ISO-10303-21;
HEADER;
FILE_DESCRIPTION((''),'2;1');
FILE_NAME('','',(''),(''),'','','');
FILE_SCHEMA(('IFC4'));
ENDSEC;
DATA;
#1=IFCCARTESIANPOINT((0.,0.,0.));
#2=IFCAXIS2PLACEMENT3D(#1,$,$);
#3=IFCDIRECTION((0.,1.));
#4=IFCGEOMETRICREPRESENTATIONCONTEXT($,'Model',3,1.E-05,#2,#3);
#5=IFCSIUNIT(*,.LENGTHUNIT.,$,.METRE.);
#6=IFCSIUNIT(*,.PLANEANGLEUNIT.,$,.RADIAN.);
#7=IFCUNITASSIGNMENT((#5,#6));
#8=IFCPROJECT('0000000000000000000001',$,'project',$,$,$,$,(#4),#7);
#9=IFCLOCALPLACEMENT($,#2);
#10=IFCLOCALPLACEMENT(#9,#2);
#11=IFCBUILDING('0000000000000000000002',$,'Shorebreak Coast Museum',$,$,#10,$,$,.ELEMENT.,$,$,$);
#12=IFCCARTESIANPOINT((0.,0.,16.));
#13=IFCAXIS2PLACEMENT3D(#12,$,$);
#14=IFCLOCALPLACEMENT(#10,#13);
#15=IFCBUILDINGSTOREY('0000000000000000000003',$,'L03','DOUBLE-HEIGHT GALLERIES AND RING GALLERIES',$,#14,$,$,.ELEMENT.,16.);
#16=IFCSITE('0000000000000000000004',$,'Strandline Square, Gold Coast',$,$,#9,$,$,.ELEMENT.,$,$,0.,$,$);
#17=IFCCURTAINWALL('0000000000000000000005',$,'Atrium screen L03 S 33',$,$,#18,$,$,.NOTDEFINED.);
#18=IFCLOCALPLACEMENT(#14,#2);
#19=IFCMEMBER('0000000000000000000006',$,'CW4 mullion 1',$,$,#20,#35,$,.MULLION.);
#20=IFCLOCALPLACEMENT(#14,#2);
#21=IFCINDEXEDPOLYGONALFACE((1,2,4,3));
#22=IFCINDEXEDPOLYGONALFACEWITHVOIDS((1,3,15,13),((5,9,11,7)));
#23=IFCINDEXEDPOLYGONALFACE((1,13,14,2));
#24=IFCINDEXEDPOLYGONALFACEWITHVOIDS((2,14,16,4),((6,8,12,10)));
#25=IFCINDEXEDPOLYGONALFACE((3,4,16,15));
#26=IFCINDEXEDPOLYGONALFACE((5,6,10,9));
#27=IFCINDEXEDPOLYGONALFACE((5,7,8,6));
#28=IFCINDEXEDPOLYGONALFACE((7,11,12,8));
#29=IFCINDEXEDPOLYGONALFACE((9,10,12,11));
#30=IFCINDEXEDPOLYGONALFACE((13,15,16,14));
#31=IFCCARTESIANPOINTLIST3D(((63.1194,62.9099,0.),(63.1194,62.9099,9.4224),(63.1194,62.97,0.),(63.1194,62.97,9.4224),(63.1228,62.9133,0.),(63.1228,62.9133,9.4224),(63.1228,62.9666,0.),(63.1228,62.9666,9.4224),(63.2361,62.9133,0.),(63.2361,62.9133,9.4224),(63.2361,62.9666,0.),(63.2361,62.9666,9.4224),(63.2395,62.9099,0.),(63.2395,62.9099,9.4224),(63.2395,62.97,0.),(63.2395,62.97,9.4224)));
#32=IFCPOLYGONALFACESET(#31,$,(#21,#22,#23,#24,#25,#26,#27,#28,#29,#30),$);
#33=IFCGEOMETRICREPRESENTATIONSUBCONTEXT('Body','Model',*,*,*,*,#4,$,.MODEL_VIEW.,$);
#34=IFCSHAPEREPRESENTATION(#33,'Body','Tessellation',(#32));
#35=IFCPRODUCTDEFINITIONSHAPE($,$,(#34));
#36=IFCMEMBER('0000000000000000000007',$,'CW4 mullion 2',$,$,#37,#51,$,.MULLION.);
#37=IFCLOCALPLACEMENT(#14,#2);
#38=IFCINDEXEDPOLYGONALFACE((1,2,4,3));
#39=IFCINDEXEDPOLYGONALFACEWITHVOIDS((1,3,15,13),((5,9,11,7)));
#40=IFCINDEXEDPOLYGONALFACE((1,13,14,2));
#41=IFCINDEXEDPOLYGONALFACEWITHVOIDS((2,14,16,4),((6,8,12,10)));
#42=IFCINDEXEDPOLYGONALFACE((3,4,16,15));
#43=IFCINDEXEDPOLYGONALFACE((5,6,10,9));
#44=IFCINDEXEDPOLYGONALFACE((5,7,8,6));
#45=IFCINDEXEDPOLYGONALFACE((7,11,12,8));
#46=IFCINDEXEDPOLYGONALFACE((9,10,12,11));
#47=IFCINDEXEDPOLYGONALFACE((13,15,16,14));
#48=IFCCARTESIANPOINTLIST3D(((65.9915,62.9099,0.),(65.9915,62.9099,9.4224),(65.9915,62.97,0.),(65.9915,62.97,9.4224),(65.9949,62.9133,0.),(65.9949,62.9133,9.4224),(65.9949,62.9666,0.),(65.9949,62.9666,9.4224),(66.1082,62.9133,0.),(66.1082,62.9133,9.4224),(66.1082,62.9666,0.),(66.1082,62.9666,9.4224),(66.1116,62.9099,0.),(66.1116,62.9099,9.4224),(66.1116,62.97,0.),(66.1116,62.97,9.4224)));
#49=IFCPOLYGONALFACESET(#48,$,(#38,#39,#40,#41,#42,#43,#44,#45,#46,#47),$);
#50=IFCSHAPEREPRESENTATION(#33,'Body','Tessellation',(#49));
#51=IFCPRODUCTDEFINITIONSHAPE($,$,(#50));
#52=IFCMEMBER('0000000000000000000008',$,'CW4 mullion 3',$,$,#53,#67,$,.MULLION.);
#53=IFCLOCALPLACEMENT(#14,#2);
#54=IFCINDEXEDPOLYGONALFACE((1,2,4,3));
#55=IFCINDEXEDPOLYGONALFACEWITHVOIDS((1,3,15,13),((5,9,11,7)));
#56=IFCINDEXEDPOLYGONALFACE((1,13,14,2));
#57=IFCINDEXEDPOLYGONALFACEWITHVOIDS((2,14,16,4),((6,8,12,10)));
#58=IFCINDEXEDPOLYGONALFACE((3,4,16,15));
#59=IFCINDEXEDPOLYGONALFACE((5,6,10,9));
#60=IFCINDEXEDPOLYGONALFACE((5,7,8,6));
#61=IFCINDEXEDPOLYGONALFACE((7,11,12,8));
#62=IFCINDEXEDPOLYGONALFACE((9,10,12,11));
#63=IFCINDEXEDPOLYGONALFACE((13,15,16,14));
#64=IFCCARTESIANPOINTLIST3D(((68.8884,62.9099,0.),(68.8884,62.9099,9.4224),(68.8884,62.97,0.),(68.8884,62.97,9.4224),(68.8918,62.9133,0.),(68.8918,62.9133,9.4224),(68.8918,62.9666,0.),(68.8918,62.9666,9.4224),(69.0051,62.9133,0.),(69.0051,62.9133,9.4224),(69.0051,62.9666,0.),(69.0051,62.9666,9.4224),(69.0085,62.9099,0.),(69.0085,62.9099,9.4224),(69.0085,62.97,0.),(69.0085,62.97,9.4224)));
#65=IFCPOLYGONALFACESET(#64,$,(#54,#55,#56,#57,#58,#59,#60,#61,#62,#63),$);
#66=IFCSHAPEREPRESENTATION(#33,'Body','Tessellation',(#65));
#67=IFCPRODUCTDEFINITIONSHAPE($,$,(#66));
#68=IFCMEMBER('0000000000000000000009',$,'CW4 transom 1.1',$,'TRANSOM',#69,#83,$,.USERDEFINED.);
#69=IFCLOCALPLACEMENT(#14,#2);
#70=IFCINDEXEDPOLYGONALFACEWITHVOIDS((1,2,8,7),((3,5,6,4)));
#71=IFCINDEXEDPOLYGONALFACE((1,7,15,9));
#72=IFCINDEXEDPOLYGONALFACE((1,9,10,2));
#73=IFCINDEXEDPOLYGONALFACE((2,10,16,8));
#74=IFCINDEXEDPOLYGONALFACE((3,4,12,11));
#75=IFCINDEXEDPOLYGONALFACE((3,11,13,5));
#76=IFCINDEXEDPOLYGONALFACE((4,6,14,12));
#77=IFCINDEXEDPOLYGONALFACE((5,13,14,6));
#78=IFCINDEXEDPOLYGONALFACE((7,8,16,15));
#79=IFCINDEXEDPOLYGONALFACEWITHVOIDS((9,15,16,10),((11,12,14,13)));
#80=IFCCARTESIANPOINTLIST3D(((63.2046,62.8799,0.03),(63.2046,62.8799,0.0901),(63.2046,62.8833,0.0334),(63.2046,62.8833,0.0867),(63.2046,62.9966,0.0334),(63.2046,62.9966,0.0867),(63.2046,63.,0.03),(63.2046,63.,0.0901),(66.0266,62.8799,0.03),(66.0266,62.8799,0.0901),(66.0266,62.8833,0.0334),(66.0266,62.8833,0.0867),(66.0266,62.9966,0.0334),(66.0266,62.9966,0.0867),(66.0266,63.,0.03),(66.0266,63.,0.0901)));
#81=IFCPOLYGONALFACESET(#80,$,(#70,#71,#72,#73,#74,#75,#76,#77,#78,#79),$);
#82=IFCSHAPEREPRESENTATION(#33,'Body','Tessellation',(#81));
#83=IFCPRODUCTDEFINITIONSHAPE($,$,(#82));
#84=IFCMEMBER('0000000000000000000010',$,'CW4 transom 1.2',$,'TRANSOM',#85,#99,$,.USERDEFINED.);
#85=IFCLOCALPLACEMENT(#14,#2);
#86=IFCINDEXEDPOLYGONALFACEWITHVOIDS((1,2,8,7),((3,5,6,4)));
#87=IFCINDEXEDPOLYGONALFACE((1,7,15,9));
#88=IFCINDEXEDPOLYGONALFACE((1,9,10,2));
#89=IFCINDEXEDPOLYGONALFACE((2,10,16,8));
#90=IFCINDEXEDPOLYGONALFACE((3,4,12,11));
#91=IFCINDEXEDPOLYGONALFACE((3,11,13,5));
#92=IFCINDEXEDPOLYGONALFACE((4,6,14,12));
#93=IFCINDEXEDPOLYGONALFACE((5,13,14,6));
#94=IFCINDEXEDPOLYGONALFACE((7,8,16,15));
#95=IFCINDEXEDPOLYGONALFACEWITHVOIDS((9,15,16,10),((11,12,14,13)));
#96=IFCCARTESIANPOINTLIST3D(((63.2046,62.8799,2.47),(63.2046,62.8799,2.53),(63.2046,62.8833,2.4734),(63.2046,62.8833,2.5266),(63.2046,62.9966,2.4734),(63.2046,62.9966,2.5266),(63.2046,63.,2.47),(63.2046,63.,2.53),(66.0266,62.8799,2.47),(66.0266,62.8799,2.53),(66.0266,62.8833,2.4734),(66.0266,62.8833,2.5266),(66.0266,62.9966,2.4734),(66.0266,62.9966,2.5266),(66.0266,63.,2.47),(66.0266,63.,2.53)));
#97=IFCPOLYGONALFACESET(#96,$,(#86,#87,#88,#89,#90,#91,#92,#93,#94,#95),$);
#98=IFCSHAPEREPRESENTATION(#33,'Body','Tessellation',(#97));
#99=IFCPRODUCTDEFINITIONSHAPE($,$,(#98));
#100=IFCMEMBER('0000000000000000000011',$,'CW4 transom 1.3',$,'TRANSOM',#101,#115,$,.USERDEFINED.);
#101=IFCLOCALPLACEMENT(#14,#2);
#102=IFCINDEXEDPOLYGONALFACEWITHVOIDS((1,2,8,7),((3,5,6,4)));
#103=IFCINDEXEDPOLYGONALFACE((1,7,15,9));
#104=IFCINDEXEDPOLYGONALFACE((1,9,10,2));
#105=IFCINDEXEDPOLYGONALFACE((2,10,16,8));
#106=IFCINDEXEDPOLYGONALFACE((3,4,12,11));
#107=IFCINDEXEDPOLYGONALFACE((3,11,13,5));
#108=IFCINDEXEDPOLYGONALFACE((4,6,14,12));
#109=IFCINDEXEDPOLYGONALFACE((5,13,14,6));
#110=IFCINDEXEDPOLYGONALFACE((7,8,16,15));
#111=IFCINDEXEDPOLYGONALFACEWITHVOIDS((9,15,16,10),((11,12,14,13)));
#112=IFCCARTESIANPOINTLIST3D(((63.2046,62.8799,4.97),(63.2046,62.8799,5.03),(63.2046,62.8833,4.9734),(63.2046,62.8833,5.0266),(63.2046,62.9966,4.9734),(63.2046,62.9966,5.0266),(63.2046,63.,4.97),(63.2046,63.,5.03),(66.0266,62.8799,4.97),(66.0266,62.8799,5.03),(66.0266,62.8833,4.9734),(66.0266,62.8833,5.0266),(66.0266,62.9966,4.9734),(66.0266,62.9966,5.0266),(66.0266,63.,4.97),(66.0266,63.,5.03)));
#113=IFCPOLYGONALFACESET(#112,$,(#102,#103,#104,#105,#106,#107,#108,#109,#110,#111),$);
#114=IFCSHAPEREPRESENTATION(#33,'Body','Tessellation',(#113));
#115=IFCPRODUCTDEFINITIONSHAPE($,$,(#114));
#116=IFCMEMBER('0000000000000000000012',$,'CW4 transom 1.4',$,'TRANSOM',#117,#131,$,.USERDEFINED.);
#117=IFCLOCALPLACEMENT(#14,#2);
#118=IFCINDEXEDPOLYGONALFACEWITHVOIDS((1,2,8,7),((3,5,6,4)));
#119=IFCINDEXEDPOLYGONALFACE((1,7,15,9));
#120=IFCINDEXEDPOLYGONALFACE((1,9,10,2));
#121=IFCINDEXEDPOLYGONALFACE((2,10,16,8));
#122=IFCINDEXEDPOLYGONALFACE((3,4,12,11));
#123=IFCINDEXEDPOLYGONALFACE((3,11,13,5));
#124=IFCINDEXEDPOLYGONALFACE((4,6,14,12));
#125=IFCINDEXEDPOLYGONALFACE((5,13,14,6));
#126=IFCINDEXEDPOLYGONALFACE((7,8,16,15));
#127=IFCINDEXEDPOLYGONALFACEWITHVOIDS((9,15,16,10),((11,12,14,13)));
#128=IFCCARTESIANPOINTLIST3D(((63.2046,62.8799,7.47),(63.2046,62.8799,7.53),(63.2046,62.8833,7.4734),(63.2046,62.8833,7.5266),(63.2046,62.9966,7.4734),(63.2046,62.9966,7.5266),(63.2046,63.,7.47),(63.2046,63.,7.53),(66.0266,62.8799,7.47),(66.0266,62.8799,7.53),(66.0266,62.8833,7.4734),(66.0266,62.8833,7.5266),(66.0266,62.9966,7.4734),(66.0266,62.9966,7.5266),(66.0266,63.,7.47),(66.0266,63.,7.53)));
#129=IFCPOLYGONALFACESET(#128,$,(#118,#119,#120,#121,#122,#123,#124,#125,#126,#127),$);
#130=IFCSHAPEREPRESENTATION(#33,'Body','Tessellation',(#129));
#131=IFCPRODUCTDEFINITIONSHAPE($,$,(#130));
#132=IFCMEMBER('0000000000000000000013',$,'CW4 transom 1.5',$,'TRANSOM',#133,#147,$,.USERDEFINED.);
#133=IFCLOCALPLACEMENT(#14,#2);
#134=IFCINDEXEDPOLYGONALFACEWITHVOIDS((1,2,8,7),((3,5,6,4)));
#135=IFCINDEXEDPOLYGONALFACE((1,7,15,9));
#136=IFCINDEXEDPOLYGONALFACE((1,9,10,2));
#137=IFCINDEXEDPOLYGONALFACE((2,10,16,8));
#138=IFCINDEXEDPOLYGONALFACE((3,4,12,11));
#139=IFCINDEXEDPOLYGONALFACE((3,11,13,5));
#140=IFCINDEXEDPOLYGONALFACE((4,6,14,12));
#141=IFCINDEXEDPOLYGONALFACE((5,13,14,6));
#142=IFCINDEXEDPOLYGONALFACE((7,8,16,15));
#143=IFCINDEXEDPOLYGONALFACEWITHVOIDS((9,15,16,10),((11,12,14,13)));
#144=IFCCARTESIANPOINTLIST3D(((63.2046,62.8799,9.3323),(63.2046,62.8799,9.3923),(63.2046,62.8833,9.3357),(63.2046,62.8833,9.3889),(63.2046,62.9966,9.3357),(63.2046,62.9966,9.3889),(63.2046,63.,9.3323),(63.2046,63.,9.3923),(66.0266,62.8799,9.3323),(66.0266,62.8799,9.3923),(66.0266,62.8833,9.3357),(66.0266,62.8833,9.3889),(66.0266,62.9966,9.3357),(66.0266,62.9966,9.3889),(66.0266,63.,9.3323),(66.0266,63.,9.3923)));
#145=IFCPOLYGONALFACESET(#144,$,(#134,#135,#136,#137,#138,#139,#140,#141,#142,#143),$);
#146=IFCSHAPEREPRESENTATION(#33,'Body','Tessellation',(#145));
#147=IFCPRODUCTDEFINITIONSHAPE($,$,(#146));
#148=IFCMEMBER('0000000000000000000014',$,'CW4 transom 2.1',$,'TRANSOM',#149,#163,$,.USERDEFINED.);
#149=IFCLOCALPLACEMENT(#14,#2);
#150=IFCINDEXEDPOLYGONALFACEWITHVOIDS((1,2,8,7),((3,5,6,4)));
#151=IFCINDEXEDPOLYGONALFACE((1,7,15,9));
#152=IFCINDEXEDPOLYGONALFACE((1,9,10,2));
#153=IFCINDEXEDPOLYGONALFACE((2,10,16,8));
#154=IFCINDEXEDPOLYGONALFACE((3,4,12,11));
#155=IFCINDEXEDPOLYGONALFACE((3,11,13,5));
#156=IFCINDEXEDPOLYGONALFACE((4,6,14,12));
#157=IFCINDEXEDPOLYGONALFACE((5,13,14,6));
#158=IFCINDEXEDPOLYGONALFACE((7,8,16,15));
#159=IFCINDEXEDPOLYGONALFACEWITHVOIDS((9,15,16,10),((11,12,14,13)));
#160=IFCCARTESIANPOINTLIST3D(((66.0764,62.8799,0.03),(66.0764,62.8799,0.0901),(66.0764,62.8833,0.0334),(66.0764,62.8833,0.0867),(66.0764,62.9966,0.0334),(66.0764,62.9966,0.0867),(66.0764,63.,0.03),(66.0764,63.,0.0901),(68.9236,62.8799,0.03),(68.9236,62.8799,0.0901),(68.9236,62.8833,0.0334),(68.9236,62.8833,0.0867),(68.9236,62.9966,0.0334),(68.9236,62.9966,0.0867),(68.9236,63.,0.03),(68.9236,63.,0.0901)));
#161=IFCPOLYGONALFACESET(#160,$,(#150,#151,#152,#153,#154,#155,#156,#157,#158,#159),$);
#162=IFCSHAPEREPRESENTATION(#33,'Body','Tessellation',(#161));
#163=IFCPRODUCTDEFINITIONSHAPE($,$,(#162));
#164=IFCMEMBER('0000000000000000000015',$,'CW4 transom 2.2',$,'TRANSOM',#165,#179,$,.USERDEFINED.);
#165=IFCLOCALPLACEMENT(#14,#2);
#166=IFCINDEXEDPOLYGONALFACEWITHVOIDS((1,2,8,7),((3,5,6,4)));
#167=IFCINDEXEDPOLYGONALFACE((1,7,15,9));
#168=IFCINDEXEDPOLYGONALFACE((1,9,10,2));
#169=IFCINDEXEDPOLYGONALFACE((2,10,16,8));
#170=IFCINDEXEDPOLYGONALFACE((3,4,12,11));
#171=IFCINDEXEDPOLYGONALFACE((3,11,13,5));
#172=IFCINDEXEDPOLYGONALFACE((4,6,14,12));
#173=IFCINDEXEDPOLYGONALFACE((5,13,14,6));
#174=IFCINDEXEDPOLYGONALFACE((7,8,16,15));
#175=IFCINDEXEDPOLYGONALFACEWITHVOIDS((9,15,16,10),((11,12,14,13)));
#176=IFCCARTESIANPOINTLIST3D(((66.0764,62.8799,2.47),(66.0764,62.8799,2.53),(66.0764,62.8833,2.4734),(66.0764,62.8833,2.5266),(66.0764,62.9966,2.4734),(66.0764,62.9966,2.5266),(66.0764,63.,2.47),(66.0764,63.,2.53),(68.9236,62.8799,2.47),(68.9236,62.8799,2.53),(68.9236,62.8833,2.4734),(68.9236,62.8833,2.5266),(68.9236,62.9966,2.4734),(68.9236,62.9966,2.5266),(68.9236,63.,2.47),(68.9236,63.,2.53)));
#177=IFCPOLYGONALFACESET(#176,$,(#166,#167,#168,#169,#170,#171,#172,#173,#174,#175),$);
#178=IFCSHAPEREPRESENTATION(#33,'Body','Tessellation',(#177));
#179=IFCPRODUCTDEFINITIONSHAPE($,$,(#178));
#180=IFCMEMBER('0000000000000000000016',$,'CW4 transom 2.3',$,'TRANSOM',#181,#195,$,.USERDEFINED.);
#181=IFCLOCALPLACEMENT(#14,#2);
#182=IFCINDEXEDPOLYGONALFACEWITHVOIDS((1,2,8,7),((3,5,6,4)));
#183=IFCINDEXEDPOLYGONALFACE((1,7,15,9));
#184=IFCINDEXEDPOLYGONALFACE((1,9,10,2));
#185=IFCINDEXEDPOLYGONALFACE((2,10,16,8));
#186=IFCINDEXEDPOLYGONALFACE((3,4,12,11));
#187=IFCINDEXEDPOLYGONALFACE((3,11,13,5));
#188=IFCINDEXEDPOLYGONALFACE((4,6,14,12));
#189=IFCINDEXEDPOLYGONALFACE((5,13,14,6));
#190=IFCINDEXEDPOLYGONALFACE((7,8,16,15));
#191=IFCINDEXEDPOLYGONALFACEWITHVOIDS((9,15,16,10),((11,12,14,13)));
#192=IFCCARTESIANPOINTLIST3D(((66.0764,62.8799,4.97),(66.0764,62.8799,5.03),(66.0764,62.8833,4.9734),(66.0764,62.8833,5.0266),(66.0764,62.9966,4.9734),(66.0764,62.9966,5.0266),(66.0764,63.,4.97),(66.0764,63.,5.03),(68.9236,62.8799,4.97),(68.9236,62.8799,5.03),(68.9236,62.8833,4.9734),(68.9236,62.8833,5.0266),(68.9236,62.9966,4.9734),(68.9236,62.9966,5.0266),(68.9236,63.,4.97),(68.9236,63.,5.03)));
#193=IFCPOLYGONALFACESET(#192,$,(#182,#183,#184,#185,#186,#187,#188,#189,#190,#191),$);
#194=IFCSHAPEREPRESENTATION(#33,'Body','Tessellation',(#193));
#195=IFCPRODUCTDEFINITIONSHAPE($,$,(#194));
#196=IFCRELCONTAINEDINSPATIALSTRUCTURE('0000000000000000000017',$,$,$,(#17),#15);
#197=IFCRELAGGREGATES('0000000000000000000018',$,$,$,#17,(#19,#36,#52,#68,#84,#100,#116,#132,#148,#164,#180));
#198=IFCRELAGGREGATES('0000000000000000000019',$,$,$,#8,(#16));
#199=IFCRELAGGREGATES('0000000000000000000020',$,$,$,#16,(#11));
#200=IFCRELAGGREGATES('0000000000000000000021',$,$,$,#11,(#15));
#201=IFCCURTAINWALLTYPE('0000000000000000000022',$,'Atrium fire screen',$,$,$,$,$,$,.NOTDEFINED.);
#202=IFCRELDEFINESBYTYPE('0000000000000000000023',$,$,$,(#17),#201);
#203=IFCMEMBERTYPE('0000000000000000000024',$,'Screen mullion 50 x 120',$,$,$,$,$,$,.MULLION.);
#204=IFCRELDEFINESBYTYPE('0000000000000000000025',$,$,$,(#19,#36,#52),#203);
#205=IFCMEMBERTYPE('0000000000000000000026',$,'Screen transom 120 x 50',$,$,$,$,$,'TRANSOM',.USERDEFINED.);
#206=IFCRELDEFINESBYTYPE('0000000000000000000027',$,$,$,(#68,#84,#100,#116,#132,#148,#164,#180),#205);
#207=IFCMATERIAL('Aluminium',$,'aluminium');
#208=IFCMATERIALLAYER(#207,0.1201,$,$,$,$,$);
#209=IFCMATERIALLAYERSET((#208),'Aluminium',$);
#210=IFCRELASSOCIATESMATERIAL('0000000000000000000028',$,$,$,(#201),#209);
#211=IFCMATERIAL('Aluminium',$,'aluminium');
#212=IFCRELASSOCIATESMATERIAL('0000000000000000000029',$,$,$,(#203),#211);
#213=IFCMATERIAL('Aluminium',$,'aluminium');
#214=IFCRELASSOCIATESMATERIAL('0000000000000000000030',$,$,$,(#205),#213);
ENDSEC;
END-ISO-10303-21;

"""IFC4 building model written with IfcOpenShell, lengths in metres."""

from ifc_helpers import new_model, si_unit, direction, frame, origin, origin_2d, place, context, subcontext, project, spatial, hollow_rectangle, extrude, material, layer, layer_set, material_profile, profile_set, type_object, element, aggregate, save


model = new_model("IFC4")

# Units and contexts
model_context = context("Model", 3, precision=1e-05, world=origin(), true_north=direction((0.0, 1.0)))
body_context = subcontext(model_context, "Body", "Model", "MODEL_VIEW")
ifc_project = project(units=[si_unit("LENGTHUNIT", "METRE"), si_unit("PLANEANGLEUNIT", "RADIAN")], contexts=[model_context])

# Site, building, storey
site_placement = place(None, origin())
site = spatial("IfcSite", under=ifc_project, at=site_placement, Name="Strandline Square, Gold Coast", CompositionType="ELEMENT", RefElevation=0.0)
building_placement = place(site_placement, origin())
building = spatial("IfcBuilding", under=site, at=building_placement, Name="Shorebreak Coast Museum", CompositionType="ELEMENT")
storey_placement = place(building_placement, frame((0.0, 0.0, 16.0)))
storey = spatial("IfcBuildingStorey", under=building, at=storey_placement, Name="L03", Description="DOUBLE-HEIGHT GALLERIES AND RING GALLERIES", CompositionType="ELEMENT", Elevation=16.0)

# Curtain wall, members
ifc_material_1 = material(Name="Aluminium", Category="aluminium")
ifc_layer_1 = layer(ifc_material_1, 0.1201)
ifc_layer_set_1 = layer_set([ifc_layer_1], Name="Aluminium")
curtain_wall_type = type_object("IfcCurtainWallType", Name="Atrium fire screen", PredefinedType="NOTDEFINED", material=ifc_layer_set_1)
curtain_wall_placement = place(storey_placement, origin())
curtain_wall = element("IfcCurtainWall", 1, at=curtain_wall_placement, inside=storey, type_object=curtain_wall_type, Name="Atrium screen L03 S 33", PredefinedType="NOTDEFINED")
ifc_material_2 = material(Name="Aluminium", Category="aluminium")
ifc_material_profile_1 = material_profile(ifc_material_2, hollow_rectangle(XDim=0.0601, YDim=0.1201, WallThickness=0.0034, at=origin_2d()), Name="AL 120x60 RHS")
ifc_profile_set_1 = profile_set([ifc_material_profile_1], Name="Aluminium")
member_type_1 = type_object("IfcMemberType", Name="Screen mullion 50 x 120", PredefinedType="MULLION", material=ifc_profile_set_1)
member_1_placement = place(storey_placement, frame((63.1794, 62.9399, 0.0), z_axis=(0.0, 0.0, 1.0), x_axis=(0.0, 1.0, 0.0)))
member_1 = element("IfcMember", 2, at=member_1_placement, type_object=member_type_1, Name="CW4 mullion 1", PredefinedType="MULLION", context=body_context, shape_type="SweptSolid", body=[
    extrude(hollow_rectangle(XDim=0.0601, YDim=0.1201, WallThickness=0.0034, at=origin_2d()), origin(), (0.0, 0.0, 1.0), 9.4224),
])
member_2_placement = place(storey_placement, frame((66.0515, 62.9399, 0.0), z_axis=(0.0, 0.0, 1.0), x_axis=(0.0, 1.0, 0.0)))
member_2 = element("IfcMember", 3, at=member_2_placement, type_object=member_type_1, Name="CW4 mullion 2", PredefinedType="MULLION", context=body_context, shape_type="SweptSolid", body=[
    extrude(hollow_rectangle(XDim=0.0601, YDim=0.1201, WallThickness=0.0034, at=origin_2d()), origin(), (0.0, 0.0, 1.0), 9.4224),
])
member_3_placement = place(storey_placement, frame((68.9485, 62.9399, 0.0), z_axis=(0.0, 0.0, 1.0), x_axis=(0.0, 1.0, 0.0)))
member_3 = element("IfcMember", 4, at=member_3_placement, type_object=member_type_1, Name="CW4 mullion 3", PredefinedType="MULLION", context=body_context, shape_type="SweptSolid", body=[
    extrude(hollow_rectangle(XDim=0.0601, YDim=0.1201, WallThickness=0.0034, at=origin_2d()), origin(), (0.0, 0.0, 1.0), 9.4224),
])
ifc_material_3 = material(Name="Aluminium", Category="aluminium")
ifc_material_profile_2 = material_profile(ifc_material_3, hollow_rectangle(XDim=0.1201, YDim=0.0601, WallThickness=0.0034, at=origin_2d()), Name="AL 60x120 RHS")
ifc_profile_set_2 = profile_set([ifc_material_profile_2], Name="Aluminium")
member_type_2 = type_object("IfcMemberType", Name="Screen transom 120 x 50", ElementType="TRANSOM", PredefinedType="USERDEFINED", material=ifc_profile_set_2)
member_4_placement = place(storey_placement, frame((63.2046, 62.9399, 0.0601), z_axis=(1.0, 0.0, 0.0), x_axis=(0.0, 1.0, 0.0)))
member_4 = element("IfcMember", 5, at=member_4_placement, type_object=member_type_2, Name="CW4 transom 1.1", ObjectType="TRANSOM", PredefinedType="USERDEFINED", context=body_context, shape_type="SweptSolid", body=[
    extrude(hollow_rectangle(XDim=0.1201, YDim=0.0601, WallThickness=0.0034, at=origin_2d()), origin(), (0.0, 0.0, 1.0), 2.822),
])
member_5_placement = place(storey_placement, frame((63.2046, 62.9399, 2.5), z_axis=(1.0, 0.0, 0.0), x_axis=(0.0, 1.0, 0.0)))
member_5 = element("IfcMember", 6, at=member_5_placement, type_object=member_type_2, Name="CW4 transom 1.2", ObjectType="TRANSOM", PredefinedType="USERDEFINED", context=body_context, shape_type="SweptSolid", body=[
    extrude(hollow_rectangle(XDim=0.1201, YDim=0.0601, WallThickness=0.0034, at=origin_2d()), origin(), (0.0, 0.0, 1.0), 2.822),
])
member_6_placement = place(storey_placement, frame((63.2046, 62.9399, 5.0), z_axis=(1.0, 0.0, 0.0), x_axis=(0.0, 1.0, 0.0)))
member_6 = element("IfcMember", 7, at=member_6_placement, type_object=member_type_2, Name="CW4 transom 1.3", ObjectType="TRANSOM", PredefinedType="USERDEFINED", context=body_context, shape_type="SweptSolid", body=[
    extrude(hollow_rectangle(XDim=0.1201, YDim=0.0601, WallThickness=0.0034, at=origin_2d()), origin(), (0.0, 0.0, 1.0), 2.822),
])
member_7_placement = place(storey_placement, frame((63.2046, 62.9399, 7.5), z_axis=(1.0, 0.0, 0.0), x_axis=(0.0, 1.0, 0.0)))
member_7 = element("IfcMember", 8, at=member_7_placement, type_object=member_type_2, Name="CW4 transom 1.4", ObjectType="TRANSOM", PredefinedType="USERDEFINED", context=body_context, shape_type="SweptSolid", body=[
    extrude(hollow_rectangle(XDim=0.1201, YDim=0.0601, WallThickness=0.0034, at=origin_2d()), origin(), (0.0, 0.0, 1.0), 2.822),
])
member_8_placement = place(storey_placement, frame((63.2046, 62.9399, 9.3623), z_axis=(1.0, 0.0, 0.0), x_axis=(0.0, 1.0, 0.0)))
member_8 = element("IfcMember", 9, at=member_8_placement, type_object=member_type_2, Name="CW4 transom 1.5", ObjectType="TRANSOM", PredefinedType="USERDEFINED", context=body_context, shape_type="SweptSolid", body=[
    extrude(hollow_rectangle(XDim=0.1201, YDim=0.0601, WallThickness=0.0034, at=origin_2d()), origin(), (0.0, 0.0, 1.0), 2.822),
])
member_9_placement = place(storey_placement, frame((66.0764, 62.9399, 0.0601), z_axis=(1.0, 0.0, 0.0), x_axis=(0.0, 1.0, 0.0)))
member_9 = element("IfcMember", 10, at=member_9_placement, type_object=member_type_2, Name="CW4 transom 2.1", ObjectType="TRANSOM", PredefinedType="USERDEFINED", context=body_context, shape_type="SweptSolid", body=[
    extrude(hollow_rectangle(XDim=0.1201, YDim=0.0601, WallThickness=0.0034, at=origin_2d()), origin(), (0.0, 0.0, 1.0), 2.8472),
])
member_10_placement = place(storey_placement, frame((66.0764, 62.9399, 2.5), z_axis=(1.0, 0.0, 0.0), x_axis=(0.0, 1.0, 0.0)))
member_10 = element("IfcMember", 11, at=member_10_placement, type_object=member_type_2, Name="CW4 transom 2.2", ObjectType="TRANSOM", PredefinedType="USERDEFINED", context=body_context, shape_type="SweptSolid", body=[
    extrude(hollow_rectangle(XDim=0.1201, YDim=0.0601, WallThickness=0.0034, at=origin_2d()), origin(), (0.0, 0.0, 1.0), 2.8472),
])
member_11_placement = place(storey_placement, frame((66.0764, 62.9399, 5.0), z_axis=(1.0, 0.0, 0.0), x_axis=(0.0, 1.0, 0.0)))
member_11 = element("IfcMember", 12, at=member_11_placement, type_object=member_type_2, Name="CW4 transom 2.3", ObjectType="TRANSOM", PredefinedType="USERDEFINED", context=body_context, shape_type="SweptSolid", body=[
    extrude(hollow_rectangle(XDim=0.1201, YDim=0.0601, WallThickness=0.0034, at=origin_2d()), origin(), (0.0, 0.0, 1.0), 2.8472),
])
aggregate(curtain_wall, [member_1, member_2, member_3, member_4, member_5, member_6, member_7, member_8, member_9, member_10, member_11])

save(model, "model.ifc")
